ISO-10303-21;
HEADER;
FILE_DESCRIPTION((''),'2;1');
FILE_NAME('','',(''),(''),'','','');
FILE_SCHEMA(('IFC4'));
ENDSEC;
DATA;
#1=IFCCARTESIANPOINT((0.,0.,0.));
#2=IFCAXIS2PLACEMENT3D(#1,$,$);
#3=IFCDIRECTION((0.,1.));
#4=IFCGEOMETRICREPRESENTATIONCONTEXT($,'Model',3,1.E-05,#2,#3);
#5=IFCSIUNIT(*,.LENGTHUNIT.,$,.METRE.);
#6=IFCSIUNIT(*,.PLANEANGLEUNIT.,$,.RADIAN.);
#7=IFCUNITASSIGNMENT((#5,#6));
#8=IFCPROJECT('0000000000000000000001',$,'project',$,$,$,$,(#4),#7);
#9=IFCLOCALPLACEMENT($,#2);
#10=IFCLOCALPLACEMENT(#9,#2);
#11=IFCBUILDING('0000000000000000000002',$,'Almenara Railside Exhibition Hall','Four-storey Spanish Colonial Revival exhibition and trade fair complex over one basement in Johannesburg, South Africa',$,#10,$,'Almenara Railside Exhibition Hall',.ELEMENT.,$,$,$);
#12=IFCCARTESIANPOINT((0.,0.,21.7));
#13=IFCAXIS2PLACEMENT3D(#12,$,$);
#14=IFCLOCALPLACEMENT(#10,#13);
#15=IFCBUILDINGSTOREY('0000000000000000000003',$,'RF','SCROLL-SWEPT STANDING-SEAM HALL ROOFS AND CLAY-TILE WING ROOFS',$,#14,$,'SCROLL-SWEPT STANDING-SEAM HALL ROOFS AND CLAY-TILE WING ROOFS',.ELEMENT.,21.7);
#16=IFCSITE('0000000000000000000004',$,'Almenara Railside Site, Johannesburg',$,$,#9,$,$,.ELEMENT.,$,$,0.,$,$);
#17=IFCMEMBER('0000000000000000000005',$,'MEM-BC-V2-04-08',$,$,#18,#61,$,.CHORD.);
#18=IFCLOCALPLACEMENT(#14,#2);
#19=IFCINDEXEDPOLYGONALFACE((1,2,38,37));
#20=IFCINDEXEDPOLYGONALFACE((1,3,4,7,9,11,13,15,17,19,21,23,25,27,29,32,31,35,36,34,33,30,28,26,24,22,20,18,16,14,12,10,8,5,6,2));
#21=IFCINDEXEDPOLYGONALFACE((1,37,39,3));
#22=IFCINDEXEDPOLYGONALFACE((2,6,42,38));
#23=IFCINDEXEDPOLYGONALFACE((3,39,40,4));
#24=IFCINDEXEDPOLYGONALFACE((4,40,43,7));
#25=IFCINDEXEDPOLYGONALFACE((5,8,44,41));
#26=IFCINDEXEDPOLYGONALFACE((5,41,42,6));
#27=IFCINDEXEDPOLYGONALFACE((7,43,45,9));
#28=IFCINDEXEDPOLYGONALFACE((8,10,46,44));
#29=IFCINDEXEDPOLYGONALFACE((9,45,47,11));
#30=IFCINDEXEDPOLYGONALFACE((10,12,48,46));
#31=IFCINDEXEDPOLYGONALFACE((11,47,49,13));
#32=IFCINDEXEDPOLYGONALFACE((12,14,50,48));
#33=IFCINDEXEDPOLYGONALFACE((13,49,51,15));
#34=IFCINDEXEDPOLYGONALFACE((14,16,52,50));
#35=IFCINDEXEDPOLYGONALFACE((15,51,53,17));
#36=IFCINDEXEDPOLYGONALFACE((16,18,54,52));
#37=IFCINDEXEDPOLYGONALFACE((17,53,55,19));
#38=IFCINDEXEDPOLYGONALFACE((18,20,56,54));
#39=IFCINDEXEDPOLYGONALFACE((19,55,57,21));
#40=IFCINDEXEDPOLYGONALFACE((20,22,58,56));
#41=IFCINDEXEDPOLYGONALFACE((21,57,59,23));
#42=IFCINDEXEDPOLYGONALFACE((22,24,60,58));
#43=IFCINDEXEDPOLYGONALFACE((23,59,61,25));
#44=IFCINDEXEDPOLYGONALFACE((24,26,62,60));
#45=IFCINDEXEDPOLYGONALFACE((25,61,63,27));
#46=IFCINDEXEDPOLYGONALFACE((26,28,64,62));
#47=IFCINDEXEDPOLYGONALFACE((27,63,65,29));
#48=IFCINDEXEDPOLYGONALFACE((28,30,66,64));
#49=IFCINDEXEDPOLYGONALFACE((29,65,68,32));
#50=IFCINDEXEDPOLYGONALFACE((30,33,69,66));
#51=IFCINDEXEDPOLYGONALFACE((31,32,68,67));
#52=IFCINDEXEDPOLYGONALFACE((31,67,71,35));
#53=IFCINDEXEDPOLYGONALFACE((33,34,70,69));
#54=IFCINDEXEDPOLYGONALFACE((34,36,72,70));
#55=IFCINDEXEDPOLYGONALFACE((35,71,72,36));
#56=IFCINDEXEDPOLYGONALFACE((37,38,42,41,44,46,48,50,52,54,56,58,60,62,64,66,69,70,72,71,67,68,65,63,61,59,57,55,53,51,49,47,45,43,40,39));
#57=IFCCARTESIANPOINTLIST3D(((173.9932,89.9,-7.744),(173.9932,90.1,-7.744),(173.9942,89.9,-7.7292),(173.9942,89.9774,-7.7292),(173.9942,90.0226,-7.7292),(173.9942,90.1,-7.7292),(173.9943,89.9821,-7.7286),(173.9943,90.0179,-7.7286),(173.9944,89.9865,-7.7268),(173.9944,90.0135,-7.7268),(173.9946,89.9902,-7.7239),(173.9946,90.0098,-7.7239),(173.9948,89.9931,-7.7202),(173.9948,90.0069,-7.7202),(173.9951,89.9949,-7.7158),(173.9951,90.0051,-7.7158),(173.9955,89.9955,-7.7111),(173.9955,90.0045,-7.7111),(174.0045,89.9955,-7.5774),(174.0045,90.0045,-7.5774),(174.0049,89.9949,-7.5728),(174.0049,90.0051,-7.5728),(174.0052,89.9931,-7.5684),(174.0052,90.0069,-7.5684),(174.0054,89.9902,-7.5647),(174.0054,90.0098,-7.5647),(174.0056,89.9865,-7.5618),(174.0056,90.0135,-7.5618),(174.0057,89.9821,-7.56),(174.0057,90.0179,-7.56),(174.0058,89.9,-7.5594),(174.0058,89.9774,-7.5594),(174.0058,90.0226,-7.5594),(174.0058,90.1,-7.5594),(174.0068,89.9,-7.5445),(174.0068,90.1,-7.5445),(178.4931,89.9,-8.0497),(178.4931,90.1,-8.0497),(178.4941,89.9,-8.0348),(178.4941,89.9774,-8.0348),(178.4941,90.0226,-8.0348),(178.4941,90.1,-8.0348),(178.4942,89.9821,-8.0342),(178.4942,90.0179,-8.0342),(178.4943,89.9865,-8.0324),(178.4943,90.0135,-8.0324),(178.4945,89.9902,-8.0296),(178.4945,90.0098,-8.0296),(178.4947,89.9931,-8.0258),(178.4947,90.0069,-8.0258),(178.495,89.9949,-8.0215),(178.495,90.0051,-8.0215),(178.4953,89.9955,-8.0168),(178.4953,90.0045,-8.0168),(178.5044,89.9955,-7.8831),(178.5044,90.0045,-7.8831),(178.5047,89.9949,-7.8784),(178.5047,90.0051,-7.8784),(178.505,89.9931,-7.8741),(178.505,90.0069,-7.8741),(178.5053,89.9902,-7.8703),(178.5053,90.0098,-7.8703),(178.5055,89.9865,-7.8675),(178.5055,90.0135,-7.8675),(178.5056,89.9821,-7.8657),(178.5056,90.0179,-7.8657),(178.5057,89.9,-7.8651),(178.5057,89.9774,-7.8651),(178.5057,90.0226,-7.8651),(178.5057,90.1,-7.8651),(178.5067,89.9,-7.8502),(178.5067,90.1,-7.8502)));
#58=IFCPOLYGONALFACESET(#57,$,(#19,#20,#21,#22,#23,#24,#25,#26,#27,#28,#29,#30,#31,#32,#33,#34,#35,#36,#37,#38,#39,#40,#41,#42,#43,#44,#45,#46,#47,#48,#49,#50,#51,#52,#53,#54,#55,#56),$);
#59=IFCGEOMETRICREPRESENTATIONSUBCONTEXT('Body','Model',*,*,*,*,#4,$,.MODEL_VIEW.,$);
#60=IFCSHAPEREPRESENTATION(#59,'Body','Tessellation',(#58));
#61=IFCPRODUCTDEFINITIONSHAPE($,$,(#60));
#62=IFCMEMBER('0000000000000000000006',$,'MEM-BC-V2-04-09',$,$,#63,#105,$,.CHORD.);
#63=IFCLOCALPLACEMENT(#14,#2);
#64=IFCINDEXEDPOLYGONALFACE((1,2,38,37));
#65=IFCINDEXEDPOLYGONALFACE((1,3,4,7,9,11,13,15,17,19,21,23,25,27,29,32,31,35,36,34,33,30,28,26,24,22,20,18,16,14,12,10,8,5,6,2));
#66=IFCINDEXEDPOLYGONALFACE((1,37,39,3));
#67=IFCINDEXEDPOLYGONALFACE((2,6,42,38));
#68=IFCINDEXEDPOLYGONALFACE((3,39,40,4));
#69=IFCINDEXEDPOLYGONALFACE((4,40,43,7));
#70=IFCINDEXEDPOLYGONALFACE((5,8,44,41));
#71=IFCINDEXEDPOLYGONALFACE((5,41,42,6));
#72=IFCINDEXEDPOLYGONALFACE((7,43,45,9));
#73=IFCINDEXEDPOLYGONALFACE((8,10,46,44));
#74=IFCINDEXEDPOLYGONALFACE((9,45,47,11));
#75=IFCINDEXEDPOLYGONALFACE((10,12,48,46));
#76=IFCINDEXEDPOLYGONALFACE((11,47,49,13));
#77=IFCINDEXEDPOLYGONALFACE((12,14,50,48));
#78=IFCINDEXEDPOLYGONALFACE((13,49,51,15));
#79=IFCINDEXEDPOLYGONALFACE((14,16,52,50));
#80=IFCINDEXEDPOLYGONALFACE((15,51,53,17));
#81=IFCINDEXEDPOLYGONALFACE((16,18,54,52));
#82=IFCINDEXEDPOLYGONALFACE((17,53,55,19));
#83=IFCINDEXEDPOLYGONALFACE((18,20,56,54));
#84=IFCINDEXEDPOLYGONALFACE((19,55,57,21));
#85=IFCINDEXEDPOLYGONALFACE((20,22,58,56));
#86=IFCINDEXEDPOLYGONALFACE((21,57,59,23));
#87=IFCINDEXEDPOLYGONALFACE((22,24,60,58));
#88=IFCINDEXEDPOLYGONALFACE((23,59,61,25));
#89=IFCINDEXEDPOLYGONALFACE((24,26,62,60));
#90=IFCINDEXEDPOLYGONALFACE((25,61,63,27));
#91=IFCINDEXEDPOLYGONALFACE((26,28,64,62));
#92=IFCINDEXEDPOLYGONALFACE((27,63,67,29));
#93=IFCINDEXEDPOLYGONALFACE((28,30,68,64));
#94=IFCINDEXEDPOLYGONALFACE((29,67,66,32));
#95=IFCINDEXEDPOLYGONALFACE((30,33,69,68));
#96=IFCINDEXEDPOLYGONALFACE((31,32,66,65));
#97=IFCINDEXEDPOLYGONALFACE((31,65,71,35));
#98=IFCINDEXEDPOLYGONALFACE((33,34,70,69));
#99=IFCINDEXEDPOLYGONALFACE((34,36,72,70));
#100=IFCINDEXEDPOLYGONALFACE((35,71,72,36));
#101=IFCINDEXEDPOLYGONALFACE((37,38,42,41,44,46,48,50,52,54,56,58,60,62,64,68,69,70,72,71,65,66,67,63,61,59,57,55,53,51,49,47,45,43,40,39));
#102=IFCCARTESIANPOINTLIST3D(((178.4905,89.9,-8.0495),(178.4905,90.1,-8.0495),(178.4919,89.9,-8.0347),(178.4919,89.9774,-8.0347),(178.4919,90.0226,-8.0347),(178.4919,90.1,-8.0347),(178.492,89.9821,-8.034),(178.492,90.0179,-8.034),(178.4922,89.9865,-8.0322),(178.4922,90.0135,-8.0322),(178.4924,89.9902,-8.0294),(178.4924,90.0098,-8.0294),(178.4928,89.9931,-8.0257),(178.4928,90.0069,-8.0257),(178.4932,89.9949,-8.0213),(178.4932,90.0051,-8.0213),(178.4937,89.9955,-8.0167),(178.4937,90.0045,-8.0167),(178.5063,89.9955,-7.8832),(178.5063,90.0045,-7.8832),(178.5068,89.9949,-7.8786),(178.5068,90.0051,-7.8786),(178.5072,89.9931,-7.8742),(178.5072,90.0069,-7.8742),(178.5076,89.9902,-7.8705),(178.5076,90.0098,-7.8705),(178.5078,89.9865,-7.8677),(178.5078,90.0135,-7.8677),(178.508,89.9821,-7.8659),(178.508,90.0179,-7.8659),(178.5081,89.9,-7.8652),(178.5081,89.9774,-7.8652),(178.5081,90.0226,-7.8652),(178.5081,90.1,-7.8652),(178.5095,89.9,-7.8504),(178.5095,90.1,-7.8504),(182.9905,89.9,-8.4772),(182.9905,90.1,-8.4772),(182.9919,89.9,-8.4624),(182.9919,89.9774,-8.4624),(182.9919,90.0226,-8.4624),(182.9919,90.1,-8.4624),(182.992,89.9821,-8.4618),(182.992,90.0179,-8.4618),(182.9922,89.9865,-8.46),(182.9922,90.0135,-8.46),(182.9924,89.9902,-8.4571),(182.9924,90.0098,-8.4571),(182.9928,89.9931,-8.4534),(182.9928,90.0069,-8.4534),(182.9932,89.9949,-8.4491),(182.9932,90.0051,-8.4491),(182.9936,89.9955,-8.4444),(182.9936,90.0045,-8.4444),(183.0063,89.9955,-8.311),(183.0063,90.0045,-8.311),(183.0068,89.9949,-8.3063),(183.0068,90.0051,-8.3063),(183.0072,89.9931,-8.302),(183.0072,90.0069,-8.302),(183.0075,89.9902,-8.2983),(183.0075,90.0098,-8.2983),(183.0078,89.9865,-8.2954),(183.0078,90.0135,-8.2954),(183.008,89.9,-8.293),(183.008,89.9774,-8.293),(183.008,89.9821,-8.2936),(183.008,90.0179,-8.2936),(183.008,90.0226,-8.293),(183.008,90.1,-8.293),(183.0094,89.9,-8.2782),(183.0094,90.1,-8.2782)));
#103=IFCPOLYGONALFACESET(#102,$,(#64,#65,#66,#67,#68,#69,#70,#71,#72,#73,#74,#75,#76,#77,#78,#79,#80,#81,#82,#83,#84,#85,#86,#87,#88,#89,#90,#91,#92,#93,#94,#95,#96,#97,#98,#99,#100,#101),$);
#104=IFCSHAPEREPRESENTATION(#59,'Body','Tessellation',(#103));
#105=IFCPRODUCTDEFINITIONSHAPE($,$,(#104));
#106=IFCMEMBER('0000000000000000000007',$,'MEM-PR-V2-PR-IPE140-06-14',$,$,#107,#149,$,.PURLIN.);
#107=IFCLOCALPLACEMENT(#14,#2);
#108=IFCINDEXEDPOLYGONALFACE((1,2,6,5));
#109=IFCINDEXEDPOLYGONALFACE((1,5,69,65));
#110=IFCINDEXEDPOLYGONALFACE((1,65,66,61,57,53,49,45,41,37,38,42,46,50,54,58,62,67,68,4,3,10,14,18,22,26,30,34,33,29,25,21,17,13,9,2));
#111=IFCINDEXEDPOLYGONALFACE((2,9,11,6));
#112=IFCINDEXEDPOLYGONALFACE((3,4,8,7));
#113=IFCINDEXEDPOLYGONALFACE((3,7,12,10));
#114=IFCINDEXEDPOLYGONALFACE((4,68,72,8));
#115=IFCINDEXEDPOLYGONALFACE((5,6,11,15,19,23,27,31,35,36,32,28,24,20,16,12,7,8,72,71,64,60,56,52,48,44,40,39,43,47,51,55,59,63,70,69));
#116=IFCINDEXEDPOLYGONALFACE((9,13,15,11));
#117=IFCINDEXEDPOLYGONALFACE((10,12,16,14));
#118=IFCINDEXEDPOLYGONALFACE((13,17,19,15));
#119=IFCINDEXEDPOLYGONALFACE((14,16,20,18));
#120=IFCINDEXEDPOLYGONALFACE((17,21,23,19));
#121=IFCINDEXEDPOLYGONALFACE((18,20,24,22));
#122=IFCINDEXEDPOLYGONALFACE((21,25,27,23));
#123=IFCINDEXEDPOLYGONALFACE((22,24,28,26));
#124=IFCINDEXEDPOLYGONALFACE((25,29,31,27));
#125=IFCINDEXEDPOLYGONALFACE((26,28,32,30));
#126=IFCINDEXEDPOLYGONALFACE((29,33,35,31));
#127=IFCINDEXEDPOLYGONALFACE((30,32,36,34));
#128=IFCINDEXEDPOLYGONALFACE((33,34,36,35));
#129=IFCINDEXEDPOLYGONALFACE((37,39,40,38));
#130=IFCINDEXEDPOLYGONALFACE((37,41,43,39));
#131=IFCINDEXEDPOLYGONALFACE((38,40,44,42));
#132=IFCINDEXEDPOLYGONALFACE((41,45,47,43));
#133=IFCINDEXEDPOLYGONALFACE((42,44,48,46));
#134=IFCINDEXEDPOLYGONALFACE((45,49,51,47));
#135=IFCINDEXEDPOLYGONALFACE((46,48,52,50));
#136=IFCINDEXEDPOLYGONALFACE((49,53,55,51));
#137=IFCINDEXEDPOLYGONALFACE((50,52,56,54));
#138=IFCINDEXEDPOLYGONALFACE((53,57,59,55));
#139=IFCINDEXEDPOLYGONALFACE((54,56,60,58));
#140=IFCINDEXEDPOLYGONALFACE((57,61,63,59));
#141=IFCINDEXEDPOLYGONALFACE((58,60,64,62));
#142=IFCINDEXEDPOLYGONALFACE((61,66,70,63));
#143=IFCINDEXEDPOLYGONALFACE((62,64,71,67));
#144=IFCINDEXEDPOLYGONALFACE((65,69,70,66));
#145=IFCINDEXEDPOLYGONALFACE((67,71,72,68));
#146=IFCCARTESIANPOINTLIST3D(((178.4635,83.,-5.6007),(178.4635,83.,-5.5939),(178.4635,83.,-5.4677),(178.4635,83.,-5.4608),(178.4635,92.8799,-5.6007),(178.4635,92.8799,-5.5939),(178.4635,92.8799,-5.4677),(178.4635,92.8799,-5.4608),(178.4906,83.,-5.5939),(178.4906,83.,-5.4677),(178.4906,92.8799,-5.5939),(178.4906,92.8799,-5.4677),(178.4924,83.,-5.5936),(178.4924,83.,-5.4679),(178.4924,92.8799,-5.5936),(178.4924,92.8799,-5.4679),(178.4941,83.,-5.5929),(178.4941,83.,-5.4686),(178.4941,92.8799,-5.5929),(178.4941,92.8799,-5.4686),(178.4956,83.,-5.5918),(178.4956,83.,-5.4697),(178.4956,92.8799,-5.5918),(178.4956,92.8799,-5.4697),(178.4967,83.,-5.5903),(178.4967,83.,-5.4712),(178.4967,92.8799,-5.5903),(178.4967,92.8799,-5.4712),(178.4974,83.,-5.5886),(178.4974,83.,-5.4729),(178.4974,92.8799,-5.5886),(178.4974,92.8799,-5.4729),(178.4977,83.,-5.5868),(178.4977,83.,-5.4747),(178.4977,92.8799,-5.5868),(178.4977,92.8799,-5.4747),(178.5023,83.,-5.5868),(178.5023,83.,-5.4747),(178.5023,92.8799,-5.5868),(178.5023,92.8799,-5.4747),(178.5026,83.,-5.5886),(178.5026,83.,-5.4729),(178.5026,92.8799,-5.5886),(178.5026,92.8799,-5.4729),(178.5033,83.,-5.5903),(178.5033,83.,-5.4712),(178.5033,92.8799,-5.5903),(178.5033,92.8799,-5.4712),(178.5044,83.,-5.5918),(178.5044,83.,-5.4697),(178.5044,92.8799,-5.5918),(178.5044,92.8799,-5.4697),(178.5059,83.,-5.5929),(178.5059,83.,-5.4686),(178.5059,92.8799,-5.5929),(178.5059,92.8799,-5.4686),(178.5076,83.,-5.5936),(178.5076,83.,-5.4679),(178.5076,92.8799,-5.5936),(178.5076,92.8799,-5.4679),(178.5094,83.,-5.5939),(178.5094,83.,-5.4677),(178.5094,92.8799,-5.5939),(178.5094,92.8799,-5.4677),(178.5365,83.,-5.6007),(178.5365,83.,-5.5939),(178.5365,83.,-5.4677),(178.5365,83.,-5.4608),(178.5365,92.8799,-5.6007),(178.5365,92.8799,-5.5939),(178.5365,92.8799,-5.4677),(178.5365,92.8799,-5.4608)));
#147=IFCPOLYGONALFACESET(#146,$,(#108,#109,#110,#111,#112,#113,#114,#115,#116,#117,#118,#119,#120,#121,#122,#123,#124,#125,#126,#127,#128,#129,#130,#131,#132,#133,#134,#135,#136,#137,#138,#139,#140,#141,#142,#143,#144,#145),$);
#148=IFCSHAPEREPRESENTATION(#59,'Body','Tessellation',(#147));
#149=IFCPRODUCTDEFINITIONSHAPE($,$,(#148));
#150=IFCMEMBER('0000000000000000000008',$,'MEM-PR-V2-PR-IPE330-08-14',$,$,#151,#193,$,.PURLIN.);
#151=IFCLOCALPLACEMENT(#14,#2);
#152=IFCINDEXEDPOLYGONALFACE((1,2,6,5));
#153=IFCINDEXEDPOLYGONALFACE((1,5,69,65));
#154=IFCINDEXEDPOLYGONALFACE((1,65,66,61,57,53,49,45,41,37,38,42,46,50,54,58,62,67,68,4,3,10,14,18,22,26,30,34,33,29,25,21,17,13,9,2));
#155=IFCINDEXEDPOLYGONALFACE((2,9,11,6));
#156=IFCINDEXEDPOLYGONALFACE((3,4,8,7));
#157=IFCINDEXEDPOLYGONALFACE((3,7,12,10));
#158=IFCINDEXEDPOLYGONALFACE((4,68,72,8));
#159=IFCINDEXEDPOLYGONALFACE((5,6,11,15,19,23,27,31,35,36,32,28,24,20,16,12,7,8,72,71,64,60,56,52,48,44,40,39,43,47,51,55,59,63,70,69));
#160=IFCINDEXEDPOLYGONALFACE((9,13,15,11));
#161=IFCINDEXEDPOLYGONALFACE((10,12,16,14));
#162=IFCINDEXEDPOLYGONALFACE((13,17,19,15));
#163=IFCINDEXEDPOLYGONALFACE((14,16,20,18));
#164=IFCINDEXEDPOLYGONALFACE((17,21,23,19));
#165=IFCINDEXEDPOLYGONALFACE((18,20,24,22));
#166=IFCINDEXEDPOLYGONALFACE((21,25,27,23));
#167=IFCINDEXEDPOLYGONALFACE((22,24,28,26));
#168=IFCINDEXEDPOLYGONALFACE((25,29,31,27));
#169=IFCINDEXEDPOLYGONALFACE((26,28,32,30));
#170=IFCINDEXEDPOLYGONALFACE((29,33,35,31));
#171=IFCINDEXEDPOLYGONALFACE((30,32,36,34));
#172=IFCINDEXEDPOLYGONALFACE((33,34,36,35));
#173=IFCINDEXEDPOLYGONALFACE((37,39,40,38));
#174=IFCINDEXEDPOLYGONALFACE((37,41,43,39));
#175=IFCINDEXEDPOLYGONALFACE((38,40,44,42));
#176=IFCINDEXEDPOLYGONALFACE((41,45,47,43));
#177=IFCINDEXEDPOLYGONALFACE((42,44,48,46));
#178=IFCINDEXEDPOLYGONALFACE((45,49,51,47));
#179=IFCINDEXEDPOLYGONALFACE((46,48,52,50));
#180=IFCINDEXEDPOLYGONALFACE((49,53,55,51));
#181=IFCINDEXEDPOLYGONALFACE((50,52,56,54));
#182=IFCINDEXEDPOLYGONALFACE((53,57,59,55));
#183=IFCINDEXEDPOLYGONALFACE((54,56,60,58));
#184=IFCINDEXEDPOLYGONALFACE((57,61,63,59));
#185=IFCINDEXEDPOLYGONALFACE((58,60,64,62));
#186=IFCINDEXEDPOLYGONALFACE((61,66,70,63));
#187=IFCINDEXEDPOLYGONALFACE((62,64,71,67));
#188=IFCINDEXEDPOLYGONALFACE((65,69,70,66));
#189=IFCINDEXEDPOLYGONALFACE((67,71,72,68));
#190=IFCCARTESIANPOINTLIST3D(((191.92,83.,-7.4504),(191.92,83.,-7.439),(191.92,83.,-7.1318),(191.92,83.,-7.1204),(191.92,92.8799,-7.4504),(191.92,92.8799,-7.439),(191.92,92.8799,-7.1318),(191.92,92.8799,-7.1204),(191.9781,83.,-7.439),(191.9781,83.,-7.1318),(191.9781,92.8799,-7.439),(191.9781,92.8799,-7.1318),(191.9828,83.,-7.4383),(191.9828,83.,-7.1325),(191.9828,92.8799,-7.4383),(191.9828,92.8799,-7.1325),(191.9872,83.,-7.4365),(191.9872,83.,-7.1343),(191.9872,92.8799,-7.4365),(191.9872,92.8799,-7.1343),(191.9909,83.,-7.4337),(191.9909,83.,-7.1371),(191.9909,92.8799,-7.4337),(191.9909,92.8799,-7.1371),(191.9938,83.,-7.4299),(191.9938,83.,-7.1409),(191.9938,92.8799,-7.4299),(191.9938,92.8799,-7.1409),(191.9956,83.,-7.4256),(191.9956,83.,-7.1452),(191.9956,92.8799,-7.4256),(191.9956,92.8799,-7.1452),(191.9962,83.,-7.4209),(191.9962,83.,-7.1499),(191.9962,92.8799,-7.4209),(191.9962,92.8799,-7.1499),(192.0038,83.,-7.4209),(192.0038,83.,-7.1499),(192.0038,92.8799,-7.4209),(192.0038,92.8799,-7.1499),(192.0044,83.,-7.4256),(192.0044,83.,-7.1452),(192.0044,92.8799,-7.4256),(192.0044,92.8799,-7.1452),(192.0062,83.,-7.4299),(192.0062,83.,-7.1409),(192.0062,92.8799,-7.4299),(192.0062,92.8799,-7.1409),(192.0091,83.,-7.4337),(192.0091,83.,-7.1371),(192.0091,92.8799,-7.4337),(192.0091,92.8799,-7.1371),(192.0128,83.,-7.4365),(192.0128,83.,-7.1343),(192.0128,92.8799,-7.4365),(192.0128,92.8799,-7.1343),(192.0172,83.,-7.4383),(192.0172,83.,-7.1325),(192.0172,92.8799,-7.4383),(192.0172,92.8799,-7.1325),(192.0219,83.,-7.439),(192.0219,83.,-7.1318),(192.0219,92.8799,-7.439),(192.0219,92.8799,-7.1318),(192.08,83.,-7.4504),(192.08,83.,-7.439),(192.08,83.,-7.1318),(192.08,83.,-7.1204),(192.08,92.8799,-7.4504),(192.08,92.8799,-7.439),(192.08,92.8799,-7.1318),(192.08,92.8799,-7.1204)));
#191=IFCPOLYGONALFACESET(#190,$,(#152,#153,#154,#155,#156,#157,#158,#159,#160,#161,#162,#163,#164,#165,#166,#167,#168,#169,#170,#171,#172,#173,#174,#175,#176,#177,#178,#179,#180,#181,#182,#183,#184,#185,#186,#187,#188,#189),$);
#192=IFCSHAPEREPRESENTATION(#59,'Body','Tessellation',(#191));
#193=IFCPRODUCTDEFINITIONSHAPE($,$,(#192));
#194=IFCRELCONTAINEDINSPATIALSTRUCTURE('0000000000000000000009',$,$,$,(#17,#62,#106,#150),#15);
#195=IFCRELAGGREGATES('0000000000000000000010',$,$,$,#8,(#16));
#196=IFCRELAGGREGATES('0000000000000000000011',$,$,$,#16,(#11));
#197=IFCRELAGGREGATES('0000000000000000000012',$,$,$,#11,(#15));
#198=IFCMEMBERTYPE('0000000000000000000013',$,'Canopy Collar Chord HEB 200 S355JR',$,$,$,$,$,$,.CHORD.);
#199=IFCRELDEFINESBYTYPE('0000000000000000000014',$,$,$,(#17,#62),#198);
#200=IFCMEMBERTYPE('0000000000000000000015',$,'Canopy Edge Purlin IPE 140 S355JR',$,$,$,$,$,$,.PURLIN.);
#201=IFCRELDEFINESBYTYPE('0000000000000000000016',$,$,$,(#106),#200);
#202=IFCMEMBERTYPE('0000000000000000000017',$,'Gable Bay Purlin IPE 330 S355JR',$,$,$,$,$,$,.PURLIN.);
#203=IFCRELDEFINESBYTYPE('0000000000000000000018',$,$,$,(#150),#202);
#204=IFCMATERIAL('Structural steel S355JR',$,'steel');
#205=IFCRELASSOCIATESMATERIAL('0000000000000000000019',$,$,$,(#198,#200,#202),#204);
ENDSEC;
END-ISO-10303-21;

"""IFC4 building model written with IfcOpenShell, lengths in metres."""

from ifc_helpers import new_model, si_unit, direction, frame, origin, origin_2d, place, context, subcontext, project, spatial, i_section, extrude, material, material_profile, profile_set, type_object, element, save


model = new_model("IFC4")

# Units and contexts
model_context = context("Model", 3, precision=1e-05, world=origin(), true_north=direction((0.0, 1.0)))
body_context = subcontext(model_context, "Body", "Model", "MODEL_VIEW")
ifc_project = project(units=[si_unit("LENGTHUNIT", "METRE"), si_unit("PLANEANGLEUNIT", "RADIAN")], contexts=[model_context])

# Site, building, storey
site_placement = place(None, origin())
site = spatial("IfcSite", under=ifc_project, at=site_placement, Name="Almenara Railside Site, Johannesburg", CompositionType="ELEMENT", RefElevation=0.0)
building_placement = place(site_placement, origin())
building = spatial("IfcBuilding", under=site, at=building_placement, Name="Almenara Railside Exhibition Hall", Description="Four-storey Spanish Colonial Revival exhibition and trade fair complex over one basement in Johannesburg, South Africa", LongName="Almenara Railside Exhibition Hall", CompositionType="ELEMENT")
storey_placement = place(building_placement, frame((0.0, 0.0, 21.7)))
storey = spatial("IfcBuildingStorey", under=building, at=storey_placement, Name="RF", Description="SCROLL-SWEPT STANDING-SEAM HALL ROOFS AND CLAY-TILE WING ROOFS", LongName="SCROLL-SWEPT STANDING-SEAM HALL ROOFS AND CLAY-TILE WING ROOFS", CompositionType="ELEMENT", Elevation=21.7)

# Members
ifc_material_1 = material(Name="Structural steel S355JR", Category="steel")
ifc_material_profile_1 = material_profile(ifc_material_1, i_section(OverallWidth=0.2, OverallDepth=0.2, WebThickness=0.009, FlangeThickness=0.0149, FilletRadius=0.0181, at=origin_2d()), Name="HEB 200")
ifc_profile_set_1 = profile_set([ifc_material_profile_1], Name="Structural steel S355JR")
member_type_1 = type_object("IfcMemberType", Name="Canopy Collar Chord HEB 200 S355JR", PredefinedType="CHORD", material=ifc_profile_set_1)
member_1_placement = place(storey_placement, frame((174.0, 90.0, -7.6443), z_axis=(0.997701, 0.0, -0.067769), x_axis=(0.0, 1.0, 0.0)))
element("IfcMember", 1, at=member_1_placement, inside=storey, type_object=member_type_1, Name="MEM-BC-V2-04-08", PredefinedType="CHORD", context=body_context, shape_type="SweptSolid", body=[
    extrude(i_section(OverallWidth=0.2, OverallDepth=0.2, WebThickness=0.009, FlangeThickness=0.0149, FilletRadius=0.0181, at=origin_2d()), origin(), (0.0, 0.0, 1.0), 4.5103),
])
member_2_placement = place(storey_placement, frame((178.5, 90.0, -7.95), z_axis=(0.995513, 0.0, -0.094626), x_axis=(0.0, 1.0, 0.0)))
element("IfcMember", 2, at=member_2_placement, inside=storey, type_object=member_type_1, Name="MEM-BC-V2-04-09", PredefinedType="CHORD", context=body_context, shape_type="SweptSolid", body=[
    extrude(i_section(OverallWidth=0.2, OverallDepth=0.2, WebThickness=0.009, FlangeThickness=0.0149, FilletRadius=0.0181, at=origin_2d()), origin(), (0.0, 0.0, 1.0), 4.5203),
])
ifc_material_profile_2 = material_profile(ifc_material_1, i_section(OverallWidth=0.073, OverallDepth=0.1399, WebThickness=0.0046, FlangeThickness=0.0068, FilletRadius=0.0071, at=origin_2d()), Name="IPE 140")
ifc_profile_set_2 = profile_set([ifc_material_profile_2], Name="Structural steel S355JR")
member_type_2 = type_object("IfcMemberType", Name="Canopy Edge Purlin IPE 140 S355JR", PredefinedType="PURLIN", material=ifc_profile_set_2)
member_3_placement = place(storey_placement, frame((178.5, 83.0, -5.5308), z_axis=(0.0, 1.0, 0.0), x_axis=(-1.0, 0.0, 0.0)))
element("IfcMember", 3, at=member_3_placement, inside=storey, type_object=member_type_2, Name="MEM-PR-V2-PR-IPE140-06-14", PredefinedType="PURLIN", context=body_context, shape_type="SweptSolid", body=[
    extrude(i_section(OverallWidth=0.073, OverallDepth=0.1399, WebThickness=0.0046, FlangeThickness=0.0068, FilletRadius=0.0071, at=origin_2d()), origin(), (0.0, 0.0, 1.0), 9.8799),
])
ifc_material_profile_3 = material_profile(ifc_material_1, i_section(OverallWidth=0.1599, OverallDepth=0.3301, WebThickness=0.0076, FlangeThickness=0.0115, FilletRadius=0.0181, at=origin_2d()), Name="IPE 330")
ifc_profile_set_3 = profile_set([ifc_material_profile_3], Name="Structural steel S355JR")
member_type_3 = type_object("IfcMemberType", Name="Gable Bay Purlin IPE 330 S355JR", PredefinedType="PURLIN", material=ifc_profile_set_3)
member_4_placement = place(storey_placement, frame((192.0, 83.0, -7.2854), z_axis=(0.0, 1.0, 0.0), x_axis=(-1.0, 0.0, 0.0)))
element("IfcMember", 4, at=member_4_placement, inside=storey, type_object=member_type_3, Name="MEM-PR-V2-PR-IPE330-08-14", PredefinedType="PURLIN", context=body_context, shape_type="SweptSolid", body=[
    extrude(i_section(OverallWidth=0.1599, OverallDepth=0.3301, WebThickness=0.0076, FlangeThickness=0.0115, FilletRadius=0.0181, at=origin_2d()), origin(), (0.0, 0.0, 1.0), 9.8799),
])

save(model, "model.ifc")
